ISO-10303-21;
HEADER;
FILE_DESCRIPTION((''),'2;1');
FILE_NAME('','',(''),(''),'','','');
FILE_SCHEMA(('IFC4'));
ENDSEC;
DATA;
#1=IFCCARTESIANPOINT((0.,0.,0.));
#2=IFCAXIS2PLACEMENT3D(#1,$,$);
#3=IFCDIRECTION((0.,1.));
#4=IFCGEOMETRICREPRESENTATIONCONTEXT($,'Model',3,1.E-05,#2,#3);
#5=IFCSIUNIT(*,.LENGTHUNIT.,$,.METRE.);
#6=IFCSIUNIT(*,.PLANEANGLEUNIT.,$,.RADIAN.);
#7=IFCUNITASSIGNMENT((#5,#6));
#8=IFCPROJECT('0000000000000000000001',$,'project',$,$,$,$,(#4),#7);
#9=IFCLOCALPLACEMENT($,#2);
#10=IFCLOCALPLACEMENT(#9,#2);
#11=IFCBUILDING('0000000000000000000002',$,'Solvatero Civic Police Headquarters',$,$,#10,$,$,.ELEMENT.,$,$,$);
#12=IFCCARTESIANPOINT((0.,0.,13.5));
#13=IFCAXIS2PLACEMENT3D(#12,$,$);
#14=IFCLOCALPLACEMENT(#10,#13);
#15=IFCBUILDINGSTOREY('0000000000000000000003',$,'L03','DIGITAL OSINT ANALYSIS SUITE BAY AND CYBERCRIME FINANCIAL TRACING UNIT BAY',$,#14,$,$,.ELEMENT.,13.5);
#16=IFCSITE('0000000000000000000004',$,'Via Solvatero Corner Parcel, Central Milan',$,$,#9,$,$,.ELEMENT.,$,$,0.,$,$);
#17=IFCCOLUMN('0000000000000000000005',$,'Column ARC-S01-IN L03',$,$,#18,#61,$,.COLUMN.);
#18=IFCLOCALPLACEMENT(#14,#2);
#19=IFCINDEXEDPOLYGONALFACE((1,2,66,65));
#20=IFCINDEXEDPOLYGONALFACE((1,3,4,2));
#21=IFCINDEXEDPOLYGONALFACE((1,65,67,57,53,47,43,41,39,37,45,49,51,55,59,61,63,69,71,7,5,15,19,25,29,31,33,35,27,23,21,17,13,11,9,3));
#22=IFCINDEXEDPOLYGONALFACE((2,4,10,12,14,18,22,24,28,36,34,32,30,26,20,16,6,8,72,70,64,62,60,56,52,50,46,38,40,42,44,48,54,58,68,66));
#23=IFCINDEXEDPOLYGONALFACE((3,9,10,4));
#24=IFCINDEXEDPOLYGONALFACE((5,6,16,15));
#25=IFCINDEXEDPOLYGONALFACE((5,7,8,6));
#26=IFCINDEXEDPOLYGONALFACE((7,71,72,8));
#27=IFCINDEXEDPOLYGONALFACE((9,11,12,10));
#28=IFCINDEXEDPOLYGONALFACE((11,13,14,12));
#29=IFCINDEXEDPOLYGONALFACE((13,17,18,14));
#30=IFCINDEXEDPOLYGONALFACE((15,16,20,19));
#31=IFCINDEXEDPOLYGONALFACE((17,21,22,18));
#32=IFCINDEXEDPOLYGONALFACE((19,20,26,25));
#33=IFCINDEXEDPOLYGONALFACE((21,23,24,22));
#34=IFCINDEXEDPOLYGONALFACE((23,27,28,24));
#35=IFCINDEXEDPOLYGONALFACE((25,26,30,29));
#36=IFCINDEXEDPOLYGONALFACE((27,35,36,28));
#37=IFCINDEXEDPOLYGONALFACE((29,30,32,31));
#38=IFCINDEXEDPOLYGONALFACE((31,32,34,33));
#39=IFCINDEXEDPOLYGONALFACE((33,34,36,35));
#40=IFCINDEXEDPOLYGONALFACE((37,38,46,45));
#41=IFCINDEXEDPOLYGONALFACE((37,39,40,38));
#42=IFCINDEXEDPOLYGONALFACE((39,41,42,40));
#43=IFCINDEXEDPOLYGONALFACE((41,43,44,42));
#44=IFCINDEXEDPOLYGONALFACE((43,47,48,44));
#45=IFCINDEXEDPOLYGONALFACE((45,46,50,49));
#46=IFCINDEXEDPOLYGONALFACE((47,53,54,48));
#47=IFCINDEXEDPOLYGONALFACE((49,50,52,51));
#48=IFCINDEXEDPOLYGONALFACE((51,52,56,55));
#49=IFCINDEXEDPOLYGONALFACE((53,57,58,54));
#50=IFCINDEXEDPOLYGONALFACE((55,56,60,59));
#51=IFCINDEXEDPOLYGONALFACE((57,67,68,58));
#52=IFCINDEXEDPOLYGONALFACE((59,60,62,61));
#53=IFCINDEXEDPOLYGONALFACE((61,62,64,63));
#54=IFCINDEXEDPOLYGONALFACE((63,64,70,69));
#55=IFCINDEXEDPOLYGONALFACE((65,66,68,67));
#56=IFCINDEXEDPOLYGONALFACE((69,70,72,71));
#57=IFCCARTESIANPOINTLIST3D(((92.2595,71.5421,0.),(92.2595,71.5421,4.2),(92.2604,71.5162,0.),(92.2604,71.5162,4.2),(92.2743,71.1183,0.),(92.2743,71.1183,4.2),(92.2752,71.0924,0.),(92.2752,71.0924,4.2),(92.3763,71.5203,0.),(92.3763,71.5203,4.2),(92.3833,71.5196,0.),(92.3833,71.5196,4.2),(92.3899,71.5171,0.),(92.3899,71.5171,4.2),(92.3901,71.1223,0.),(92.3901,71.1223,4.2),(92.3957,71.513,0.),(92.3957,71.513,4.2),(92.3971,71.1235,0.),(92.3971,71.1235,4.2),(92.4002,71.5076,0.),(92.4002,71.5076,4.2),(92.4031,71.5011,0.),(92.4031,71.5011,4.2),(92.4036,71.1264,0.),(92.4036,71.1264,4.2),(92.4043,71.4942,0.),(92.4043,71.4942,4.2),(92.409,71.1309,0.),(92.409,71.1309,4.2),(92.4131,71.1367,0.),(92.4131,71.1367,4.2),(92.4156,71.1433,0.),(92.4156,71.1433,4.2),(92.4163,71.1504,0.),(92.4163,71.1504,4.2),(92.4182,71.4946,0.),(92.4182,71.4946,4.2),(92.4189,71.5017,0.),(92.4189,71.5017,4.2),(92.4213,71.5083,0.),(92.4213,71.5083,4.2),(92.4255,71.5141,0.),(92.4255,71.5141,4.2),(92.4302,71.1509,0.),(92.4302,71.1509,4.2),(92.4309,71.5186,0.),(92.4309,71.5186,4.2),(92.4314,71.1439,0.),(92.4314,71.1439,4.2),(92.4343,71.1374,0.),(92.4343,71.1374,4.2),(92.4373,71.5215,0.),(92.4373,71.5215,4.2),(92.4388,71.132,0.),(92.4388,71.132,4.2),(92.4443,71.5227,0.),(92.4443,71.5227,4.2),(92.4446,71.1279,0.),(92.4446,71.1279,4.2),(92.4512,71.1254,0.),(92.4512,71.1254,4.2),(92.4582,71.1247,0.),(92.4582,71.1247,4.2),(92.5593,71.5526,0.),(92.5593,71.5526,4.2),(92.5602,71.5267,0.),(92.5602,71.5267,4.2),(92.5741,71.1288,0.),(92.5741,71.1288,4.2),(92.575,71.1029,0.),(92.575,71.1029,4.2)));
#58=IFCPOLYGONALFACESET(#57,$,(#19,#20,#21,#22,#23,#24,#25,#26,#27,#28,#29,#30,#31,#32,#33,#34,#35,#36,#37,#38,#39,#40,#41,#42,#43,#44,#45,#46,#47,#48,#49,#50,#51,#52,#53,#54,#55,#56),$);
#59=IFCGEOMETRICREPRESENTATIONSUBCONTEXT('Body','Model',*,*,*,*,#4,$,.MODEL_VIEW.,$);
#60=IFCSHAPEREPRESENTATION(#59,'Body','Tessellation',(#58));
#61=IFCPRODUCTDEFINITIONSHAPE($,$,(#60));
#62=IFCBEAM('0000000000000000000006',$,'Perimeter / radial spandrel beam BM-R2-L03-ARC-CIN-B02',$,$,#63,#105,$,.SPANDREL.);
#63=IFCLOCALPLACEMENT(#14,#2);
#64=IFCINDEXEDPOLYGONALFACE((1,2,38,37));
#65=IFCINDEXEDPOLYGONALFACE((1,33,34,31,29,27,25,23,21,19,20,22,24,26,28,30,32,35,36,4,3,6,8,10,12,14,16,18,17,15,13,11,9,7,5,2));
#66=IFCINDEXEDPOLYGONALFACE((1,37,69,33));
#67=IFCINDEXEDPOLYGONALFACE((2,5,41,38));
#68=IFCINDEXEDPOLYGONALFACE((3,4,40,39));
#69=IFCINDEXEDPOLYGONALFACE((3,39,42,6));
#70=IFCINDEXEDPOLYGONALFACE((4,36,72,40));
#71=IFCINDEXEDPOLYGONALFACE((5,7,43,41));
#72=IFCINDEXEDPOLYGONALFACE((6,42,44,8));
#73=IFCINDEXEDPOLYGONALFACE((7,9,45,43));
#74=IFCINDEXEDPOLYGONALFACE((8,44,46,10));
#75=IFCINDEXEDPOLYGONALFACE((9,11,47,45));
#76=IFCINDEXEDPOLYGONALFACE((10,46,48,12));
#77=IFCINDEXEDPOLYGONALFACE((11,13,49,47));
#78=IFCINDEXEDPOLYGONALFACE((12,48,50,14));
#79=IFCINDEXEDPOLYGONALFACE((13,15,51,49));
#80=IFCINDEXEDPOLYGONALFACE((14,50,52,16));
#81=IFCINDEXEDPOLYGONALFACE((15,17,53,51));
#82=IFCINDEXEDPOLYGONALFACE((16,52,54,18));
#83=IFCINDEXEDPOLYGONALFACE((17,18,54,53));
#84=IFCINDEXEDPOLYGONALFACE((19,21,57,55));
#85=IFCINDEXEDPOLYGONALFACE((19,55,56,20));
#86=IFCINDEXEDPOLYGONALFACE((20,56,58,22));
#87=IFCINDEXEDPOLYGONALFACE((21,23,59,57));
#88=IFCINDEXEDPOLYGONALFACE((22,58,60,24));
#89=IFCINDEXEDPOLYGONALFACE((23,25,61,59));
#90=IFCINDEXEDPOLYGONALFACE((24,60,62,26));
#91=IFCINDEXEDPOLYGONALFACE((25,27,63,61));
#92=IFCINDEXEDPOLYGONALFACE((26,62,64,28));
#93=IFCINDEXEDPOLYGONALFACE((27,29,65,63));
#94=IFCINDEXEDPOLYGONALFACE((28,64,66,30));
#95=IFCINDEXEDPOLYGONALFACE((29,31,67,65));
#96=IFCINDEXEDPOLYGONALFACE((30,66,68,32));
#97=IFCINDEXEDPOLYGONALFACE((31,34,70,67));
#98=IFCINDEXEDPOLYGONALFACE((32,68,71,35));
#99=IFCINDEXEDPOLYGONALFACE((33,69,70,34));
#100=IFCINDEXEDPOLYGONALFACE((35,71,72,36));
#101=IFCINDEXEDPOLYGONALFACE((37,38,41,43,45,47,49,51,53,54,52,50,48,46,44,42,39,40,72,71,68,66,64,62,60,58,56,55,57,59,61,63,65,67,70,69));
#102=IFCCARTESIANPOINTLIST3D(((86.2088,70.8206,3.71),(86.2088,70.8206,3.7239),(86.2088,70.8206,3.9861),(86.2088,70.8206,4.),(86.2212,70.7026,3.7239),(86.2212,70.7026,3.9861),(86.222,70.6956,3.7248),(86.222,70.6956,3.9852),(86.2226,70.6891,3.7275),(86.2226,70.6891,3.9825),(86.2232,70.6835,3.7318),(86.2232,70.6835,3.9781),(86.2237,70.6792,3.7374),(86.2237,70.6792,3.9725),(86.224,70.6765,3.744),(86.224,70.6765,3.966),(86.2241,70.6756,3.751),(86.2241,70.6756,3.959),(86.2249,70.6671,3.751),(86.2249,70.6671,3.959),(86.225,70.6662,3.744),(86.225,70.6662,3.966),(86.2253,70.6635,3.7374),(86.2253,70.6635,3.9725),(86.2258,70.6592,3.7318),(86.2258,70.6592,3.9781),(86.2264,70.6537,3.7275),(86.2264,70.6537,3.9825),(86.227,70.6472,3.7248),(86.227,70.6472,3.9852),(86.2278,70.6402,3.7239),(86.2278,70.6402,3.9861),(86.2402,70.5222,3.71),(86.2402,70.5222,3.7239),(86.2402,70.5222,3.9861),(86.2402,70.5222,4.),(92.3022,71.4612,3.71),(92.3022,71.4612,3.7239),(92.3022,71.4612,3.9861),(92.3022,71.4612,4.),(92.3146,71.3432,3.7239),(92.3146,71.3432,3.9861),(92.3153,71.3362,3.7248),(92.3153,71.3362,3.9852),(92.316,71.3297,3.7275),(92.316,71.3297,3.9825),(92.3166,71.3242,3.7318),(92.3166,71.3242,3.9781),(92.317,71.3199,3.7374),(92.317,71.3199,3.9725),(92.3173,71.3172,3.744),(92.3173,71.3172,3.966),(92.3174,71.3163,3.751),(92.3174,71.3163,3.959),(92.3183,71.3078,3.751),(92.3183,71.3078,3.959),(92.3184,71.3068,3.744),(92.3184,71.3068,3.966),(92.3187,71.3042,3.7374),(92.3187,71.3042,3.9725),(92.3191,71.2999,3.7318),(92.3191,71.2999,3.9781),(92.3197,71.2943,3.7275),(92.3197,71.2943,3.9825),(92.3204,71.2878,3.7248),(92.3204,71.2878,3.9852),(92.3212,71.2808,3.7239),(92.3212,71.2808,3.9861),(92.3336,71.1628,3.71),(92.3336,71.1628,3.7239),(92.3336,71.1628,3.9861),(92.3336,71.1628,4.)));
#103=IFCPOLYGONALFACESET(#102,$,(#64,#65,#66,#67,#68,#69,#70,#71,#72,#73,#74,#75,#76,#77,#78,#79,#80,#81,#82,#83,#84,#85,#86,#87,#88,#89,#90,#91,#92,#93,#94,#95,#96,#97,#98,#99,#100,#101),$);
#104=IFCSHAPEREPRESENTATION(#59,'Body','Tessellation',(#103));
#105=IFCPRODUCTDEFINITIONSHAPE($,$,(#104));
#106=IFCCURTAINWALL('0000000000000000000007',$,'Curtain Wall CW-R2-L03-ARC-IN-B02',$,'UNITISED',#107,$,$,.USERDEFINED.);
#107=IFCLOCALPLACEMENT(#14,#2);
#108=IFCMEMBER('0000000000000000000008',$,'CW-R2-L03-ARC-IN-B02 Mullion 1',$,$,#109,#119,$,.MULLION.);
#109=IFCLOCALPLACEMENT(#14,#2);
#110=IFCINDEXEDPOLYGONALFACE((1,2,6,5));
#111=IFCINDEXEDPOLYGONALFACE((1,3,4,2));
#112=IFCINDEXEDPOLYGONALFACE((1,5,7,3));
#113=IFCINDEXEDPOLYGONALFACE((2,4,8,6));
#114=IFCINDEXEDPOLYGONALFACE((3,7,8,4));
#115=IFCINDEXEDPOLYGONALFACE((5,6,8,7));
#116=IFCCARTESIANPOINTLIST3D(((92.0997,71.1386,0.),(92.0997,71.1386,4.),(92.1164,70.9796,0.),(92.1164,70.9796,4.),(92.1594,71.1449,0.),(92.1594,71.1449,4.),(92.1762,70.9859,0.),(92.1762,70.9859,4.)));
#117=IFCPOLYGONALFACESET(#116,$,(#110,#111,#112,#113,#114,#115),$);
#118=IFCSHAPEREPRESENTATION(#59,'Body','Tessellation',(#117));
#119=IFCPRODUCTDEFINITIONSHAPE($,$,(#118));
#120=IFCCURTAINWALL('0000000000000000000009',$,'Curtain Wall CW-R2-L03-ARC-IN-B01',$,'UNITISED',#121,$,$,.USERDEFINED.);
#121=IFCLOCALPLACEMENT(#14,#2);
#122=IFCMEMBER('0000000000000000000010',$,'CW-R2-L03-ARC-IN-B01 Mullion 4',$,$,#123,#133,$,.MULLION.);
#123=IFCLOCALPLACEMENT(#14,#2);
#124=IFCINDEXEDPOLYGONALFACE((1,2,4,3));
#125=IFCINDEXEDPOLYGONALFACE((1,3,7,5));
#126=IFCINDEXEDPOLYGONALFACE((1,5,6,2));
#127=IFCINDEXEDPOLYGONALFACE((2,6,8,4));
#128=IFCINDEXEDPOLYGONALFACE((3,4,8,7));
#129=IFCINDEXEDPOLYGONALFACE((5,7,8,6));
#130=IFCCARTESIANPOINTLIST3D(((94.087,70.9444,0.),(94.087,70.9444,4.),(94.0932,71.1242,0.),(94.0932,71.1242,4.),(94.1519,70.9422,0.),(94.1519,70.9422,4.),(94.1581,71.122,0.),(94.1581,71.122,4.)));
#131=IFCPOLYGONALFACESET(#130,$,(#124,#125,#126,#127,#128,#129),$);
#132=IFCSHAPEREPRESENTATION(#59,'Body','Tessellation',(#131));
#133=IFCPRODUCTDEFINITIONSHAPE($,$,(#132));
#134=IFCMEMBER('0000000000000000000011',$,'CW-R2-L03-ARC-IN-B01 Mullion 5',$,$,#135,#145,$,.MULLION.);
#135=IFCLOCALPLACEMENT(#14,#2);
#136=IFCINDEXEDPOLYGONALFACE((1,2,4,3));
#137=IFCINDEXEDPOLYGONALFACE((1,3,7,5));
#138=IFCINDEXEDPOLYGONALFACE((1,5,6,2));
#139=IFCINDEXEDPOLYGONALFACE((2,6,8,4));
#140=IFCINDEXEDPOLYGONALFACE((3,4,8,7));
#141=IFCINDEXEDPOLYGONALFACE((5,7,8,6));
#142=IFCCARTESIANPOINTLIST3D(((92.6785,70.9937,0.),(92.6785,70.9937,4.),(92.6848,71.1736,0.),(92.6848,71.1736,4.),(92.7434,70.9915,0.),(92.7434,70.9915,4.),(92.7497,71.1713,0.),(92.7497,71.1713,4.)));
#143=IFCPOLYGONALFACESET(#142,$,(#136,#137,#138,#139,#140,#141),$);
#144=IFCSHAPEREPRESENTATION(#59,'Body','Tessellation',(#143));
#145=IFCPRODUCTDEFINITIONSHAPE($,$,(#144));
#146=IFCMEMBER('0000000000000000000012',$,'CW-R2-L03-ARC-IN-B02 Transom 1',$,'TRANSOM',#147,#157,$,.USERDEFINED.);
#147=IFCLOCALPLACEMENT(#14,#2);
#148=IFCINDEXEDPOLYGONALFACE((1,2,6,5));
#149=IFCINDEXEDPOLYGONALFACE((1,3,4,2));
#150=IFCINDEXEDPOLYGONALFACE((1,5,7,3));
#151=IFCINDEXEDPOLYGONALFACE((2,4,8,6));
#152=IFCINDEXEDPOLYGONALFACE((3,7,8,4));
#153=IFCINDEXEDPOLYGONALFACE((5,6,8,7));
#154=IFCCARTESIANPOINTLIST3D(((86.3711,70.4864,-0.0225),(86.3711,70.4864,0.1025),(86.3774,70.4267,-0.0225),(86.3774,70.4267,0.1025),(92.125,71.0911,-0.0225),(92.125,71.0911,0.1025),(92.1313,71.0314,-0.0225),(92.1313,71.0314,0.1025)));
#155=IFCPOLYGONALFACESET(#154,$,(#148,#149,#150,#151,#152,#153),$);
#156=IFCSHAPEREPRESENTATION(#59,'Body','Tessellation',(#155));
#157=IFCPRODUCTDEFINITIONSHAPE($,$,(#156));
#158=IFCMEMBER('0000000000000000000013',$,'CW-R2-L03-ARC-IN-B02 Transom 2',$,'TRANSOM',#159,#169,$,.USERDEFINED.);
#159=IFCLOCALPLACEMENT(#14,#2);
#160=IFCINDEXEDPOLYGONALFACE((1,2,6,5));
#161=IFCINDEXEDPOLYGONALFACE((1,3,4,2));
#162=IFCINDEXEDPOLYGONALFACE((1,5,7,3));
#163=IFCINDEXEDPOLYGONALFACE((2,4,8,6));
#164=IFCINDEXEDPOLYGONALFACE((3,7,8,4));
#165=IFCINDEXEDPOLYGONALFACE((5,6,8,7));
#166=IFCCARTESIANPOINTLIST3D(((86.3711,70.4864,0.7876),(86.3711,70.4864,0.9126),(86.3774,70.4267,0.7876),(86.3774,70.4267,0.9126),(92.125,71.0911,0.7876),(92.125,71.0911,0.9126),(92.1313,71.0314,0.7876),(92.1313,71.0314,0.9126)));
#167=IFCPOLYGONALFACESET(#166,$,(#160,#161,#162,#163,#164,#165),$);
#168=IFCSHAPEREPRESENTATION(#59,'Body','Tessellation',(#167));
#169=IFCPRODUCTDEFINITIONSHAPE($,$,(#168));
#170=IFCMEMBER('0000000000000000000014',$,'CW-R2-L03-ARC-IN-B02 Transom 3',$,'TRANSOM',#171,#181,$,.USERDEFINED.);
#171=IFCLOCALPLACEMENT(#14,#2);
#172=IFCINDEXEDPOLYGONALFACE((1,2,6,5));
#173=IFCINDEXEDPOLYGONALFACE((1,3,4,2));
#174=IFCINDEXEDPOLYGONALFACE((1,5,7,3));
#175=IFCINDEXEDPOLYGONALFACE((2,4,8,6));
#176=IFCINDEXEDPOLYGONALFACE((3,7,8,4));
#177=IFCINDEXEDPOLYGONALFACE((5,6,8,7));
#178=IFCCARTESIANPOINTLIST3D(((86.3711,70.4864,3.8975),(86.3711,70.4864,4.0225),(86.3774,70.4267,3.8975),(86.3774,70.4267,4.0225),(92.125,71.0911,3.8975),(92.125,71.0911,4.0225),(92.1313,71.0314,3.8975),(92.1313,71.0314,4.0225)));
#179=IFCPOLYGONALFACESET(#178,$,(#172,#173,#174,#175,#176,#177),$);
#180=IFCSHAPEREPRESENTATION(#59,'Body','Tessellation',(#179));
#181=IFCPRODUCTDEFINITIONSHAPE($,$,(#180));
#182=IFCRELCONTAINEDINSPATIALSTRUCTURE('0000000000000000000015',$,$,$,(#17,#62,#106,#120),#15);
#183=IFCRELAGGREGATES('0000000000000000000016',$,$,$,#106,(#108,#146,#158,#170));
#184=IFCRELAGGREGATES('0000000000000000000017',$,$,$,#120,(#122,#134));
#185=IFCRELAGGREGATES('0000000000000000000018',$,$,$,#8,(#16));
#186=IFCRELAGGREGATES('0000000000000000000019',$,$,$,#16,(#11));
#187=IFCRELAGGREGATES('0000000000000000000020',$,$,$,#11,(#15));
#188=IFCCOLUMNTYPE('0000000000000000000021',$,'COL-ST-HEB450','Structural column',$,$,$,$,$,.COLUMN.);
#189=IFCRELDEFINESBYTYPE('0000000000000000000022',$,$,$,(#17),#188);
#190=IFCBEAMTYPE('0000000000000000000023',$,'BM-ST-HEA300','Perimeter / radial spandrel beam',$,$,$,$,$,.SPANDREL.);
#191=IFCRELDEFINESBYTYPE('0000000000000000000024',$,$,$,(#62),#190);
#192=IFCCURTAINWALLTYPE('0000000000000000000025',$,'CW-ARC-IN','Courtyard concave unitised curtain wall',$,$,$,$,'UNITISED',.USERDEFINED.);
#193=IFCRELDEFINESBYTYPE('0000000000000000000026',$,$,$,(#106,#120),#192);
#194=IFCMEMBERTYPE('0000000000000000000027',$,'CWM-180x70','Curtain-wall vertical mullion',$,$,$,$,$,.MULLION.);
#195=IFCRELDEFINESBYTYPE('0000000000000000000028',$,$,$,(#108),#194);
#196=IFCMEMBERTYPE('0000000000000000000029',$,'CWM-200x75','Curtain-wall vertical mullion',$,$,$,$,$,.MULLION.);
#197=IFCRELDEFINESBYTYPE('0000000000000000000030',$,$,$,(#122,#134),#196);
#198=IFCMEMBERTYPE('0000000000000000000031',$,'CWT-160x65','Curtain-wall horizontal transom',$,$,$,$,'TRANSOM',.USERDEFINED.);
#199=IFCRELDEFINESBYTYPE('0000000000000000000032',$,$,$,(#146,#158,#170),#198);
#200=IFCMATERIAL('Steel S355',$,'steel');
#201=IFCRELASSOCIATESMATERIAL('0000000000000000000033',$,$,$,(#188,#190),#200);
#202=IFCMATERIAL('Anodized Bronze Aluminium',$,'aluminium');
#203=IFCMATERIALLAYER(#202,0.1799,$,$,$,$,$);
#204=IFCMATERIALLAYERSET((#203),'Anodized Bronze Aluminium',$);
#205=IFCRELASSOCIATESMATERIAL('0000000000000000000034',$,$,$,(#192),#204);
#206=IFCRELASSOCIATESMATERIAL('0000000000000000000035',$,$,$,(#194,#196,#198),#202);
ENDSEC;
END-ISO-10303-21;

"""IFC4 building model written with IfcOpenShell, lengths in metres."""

from ifc_helpers import new_model, si_unit, direction, frame, origin, origin_2d, place, context, subcontext, project, spatial, rectangle, i_section, extrude, material, layer, layer_set, material_profile, profile_set, type_object, element, aggregate, save


model = new_model("IFC4")

# Units and contexts
model_context = context("Model", 3, precision=1e-05, world=origin(), true_north=direction((0.0, 1.0)))
body_context = subcontext(model_context, "Body", "Model", "MODEL_VIEW")
ifc_project = project(units=[si_unit("LENGTHUNIT", "METRE"), si_unit("PLANEANGLEUNIT", "RADIAN")], contexts=[model_context])

# Site, building, storey
site_placement = place(None, origin())
site = spatial("IfcSite", under=ifc_project, at=site_placement, Name="Via Solvatero Corner Parcel, Central Milan", CompositionType="ELEMENT", RefElevation=0.0)
building_placement = place(site_placement, origin())
building = spatial("IfcBuilding", under=site, at=building_placement, Name="Solvatero Civic Police Headquarters", CompositionType="ELEMENT")
storey_placement = place(building_placement, frame((0.0, 0.0, 13.5)))
storey = spatial("IfcBuildingStorey", under=building, at=storey_placement, Name="L03", Description="DIGITAL OSINT ANALYSIS SUITE BAY AND CYBERCRIME FINANCIAL TRACING UNIT BAY", CompositionType="ELEMENT", Elevation=13.5)

# Column
ifc_material_1 = material(Name="Steel S355", Category="steel")
ifc_material_profile_1 = material_profile(ifc_material_1, i_section(OverallWidth=0.3, OverallDepth=0.45, WebThickness=0.0139, FlangeThickness=0.0259, FilletRadius=0.0271, at=origin_2d()), Name="HEB 450")
ifc_profile_set_1 = profile_set([ifc_material_profile_1], Name="Steel S355")
column_type = type_object("IfcColumnType", Name="COL-ST-HEB450", Description="Structural column", PredefinedType="COLUMN", material=ifc_profile_set_1)
column_placement = place(storey_placement, frame((92.4172, 71.3225, 0.0), z_axis=(0.0, 0.0, 1.0), x_axis=(0.999391, 0.034899, 0.0)))
element("IfcColumn", 1, at=column_placement, inside=storey, type_object=column_type, Name="Column ARC-S01-IN L03", PredefinedType="COLUMN", context=body_context, shape_type="SweptSolid", body=[
    extrude(i_section(OverallWidth=0.3, OverallDepth=0.45, WebThickness=0.0139, FlangeThickness=0.0259, FilletRadius=0.0271, at=origin_2d()), origin(), (0.0, 0.0, 1.0), 4.2),
])

# Beam
ifc_material_profile_2 = material_profile(ifc_material_1, i_section(OverallWidth=0.3, OverallDepth=0.29, WebThickness=0.0085, FlangeThickness=0.0139, FilletRadius=0.0271, at=origin_2d()), Name="HEA 300")
ifc_profile_set_2 = profile_set([ifc_material_profile_2], Name="Steel S355")
beam_type = type_object("IfcBeamType", Name="BM-ST-HEA300", Description="Perimeter / radial spandrel beam", PredefinedType="SPANDREL", material=ifc_profile_set_2)
beam_placement = place(storey_placement, frame((92.3179, 71.312, 3.855), z_axis=(-0.994519, -0.10456, 0.0), x_axis=(0.10456, -0.994519, 0.0)))
element("IfcBeam", 2, at=beam_placement, inside=storey, type_object=beam_type, Name="Perimeter / radial spandrel beam BM-R2-L03-ARC-CIN-B02", PredefinedType="SPANDREL", context=body_context, shape_type="SweptSolid", body=[
    extrude(i_section(OverallWidth=0.3, OverallDepth=0.29, WebThickness=0.0085, FlangeThickness=0.0139, FilletRadius=0.0271, at=origin_2d()), origin(), (0.0, 0.0, 1.0), 6.127),
])

# Curtain wall, member
ifc_material_2 = material(Name="Anodized Bronze Aluminium", Category="aluminium")
ifc_layer_1 = layer(ifc_material_2, 0.1799)
ifc_layer_set_1 = layer_set([ifc_layer_1], Name="Anodized Bronze Aluminium")
curtain_wall_type = type_object("IfcCurtainWallType", Name="CW-ARC-IN", Description="Courtyard concave unitised curtain wall", ElementType="UNITISED", PredefinedType="USERDEFINED", material=ifc_layer_set_1)
curtain_wall_1_placement = place(storey_placement, origin())
curtain_wall_1 = element("IfcCurtainWall", 3, at=curtain_wall_1_placement, inside=storey, type_object=curtain_wall_type, Name="Curtain Wall CW-R2-L03-ARC-IN-B02", ObjectType="UNITISED", PredefinedType="USERDEFINED")
ifc_material_profile_3 = material_profile(ifc_material_2, rectangle(XDim=0.0601, YDim=0.1599, at=origin_2d()), Name="ALU MULLION 60x160")
ifc_profile_set_3 = profile_set([ifc_material_profile_3], Name="Anodized Bronze Aluminium")
member_type_1 = type_object("IfcMemberType", Name="CWM-180x70", Description="Curtain-wall vertical mullion", PredefinedType="MULLION", material=ifc_profile_set_3)
member_1_placement = place(storey_placement, frame((92.1379, 71.0623, 0.0), z_axis=(0.0, 0.0, 1.0), x_axis=(-0.994522, -0.104528, 0.0)))
member_1 = element("IfcMember", 4, at=member_1_placement, type_object=member_type_1, Name="CW-R2-L03-ARC-IN-B02 Mullion 1", PredefinedType="MULLION", context=body_context, shape_type="SweptSolid", body=[
    extrude(rectangle(XDim=0.0601, YDim=0.1599, at=origin_2d()), origin(), (0.0, 0.0, 1.0), 4.0),
])

# Curtain wall, members
curtain_wall_2_placement = place(storey_placement, origin())
curtain_wall_2 = element("IfcCurtainWall", 5, at=curtain_wall_2_placement, inside=storey, type_object=curtain_wall_type, Name="Curtain Wall CW-R2-L03-ARC-IN-B01", ObjectType="UNITISED", PredefinedType="USERDEFINED")
ifc_material_profile_4 = material_profile(ifc_material_2, rectangle(XDim=0.0649, YDim=0.1799, at=origin_2d()), Name="ALU MULLION 65x180")
ifc_profile_set_4 = profile_set([ifc_material_profile_4], Name="Anodized Bronze Aluminium")
member_type_2 = type_object("IfcMemberType", Name="CWM-200x75", Description="Curtain-wall vertical mullion", PredefinedType="MULLION", material=ifc_profile_set_4)
member_2_placement = place(storey_placement, frame((94.1226, 71.0332, 0.0), z_axis=(0.0, 0.0, 1.0), x_axis=(-0.999391, 0.034899, 0.0)))
member_2 = element("IfcMember", 6, at=member_2_placement, type_object=member_type_2, Name="CW-R2-L03-ARC-IN-B01 Mullion 4", PredefinedType="MULLION", context=body_context, shape_type="SweptSolid", body=[
    extrude(rectangle(XDim=0.0649, YDim=0.1799, at=origin_2d()), origin(), (0.0, 0.0, 1.0), 4.0),
])
member_3_placement = place(storey_placement, frame((92.7141, 71.0825, 0.0), z_axis=(0.0, 0.0, 1.0), x_axis=(-0.999391, 0.034899, 0.0)))
member_3 = element("IfcMember", 7, at=member_3_placement, type_object=member_type_2, Name="CW-R2-L03-ARC-IN-B01 Mullion 5", PredefinedType="MULLION", context=body_context, shape_type="SweptSolid", body=[
    extrude(rectangle(XDim=0.0649, YDim=0.1799, at=origin_2d()), origin(), (0.0, 0.0, 1.0), 4.0),
])

# Members
ifc_material_profile_5 = material_profile(ifc_material_2, rectangle(XDim=0.0601, YDim=0.125, at=origin_2d()), Name="ALU TRANSOM 60x125")
ifc_profile_set_5 = profile_set([ifc_material_profile_5], Name="Anodized Bronze Aluminium")
member_type_3 = type_object("IfcMemberType", Name="CWT-160x65", Description="Curtain-wall horizontal transom", ElementType="TRANSOM", PredefinedType="USERDEFINED", material=ifc_profile_set_5)
member_4_placement = place(storey_placement, frame((92.1282, 71.0613, 0.04), z_axis=(-0.994522, -0.104524, 0.0), x_axis=(0.104524, -0.994522, 0.0)))
member_4 = element("IfcMember", 8, at=member_4_placement, type_object=member_type_3, Name="CW-R2-L03-ARC-IN-B02 Transom 1", ObjectType="TRANSOM", PredefinedType="USERDEFINED", context=body_context, shape_type="SweptSolid", body=[
    extrude(rectangle(XDim=0.0601, YDim=0.125, at=origin_2d()), origin(), (0.0, 0.0, 1.0), 5.7856),
])
member_5_placement = place(storey_placement, frame((92.1282, 71.0613, 0.8501), z_axis=(-0.994522, -0.104524, 0.0), x_axis=(0.104524, -0.994522, 0.0)))
member_5 = element("IfcMember", 9, at=member_5_placement, type_object=member_type_3, Name="CW-R2-L03-ARC-IN-B02 Transom 2", ObjectType="TRANSOM", PredefinedType="USERDEFINED", context=body_context, shape_type="SweptSolid", body=[
    extrude(rectangle(XDim=0.0601, YDim=0.125, at=origin_2d()), origin(), (0.0, 0.0, 1.0), 5.7856),
])
member_6_placement = place(storey_placement, frame((92.1282, 71.0613, 3.96), z_axis=(-0.994522, -0.104524, 0.0), x_axis=(0.104524, -0.994522, 0.0)))
member_6 = element("IfcMember", 10, at=member_6_placement, type_object=member_type_3, Name="CW-R2-L03-ARC-IN-B02 Transom 3", ObjectType="TRANSOM", PredefinedType="USERDEFINED", context=body_context, shape_type="SweptSolid", body=[
    extrude(rectangle(XDim=0.0601, YDim=0.125, at=origin_2d()), origin(), (0.0, 0.0, 1.0), 5.7856),
])
aggregate(curtain_wall_1, [member_1, member_4, member_5, member_6])

aggregate(curtain_wall_2, [member_2, member_3])

save(model, "model.ifc")
